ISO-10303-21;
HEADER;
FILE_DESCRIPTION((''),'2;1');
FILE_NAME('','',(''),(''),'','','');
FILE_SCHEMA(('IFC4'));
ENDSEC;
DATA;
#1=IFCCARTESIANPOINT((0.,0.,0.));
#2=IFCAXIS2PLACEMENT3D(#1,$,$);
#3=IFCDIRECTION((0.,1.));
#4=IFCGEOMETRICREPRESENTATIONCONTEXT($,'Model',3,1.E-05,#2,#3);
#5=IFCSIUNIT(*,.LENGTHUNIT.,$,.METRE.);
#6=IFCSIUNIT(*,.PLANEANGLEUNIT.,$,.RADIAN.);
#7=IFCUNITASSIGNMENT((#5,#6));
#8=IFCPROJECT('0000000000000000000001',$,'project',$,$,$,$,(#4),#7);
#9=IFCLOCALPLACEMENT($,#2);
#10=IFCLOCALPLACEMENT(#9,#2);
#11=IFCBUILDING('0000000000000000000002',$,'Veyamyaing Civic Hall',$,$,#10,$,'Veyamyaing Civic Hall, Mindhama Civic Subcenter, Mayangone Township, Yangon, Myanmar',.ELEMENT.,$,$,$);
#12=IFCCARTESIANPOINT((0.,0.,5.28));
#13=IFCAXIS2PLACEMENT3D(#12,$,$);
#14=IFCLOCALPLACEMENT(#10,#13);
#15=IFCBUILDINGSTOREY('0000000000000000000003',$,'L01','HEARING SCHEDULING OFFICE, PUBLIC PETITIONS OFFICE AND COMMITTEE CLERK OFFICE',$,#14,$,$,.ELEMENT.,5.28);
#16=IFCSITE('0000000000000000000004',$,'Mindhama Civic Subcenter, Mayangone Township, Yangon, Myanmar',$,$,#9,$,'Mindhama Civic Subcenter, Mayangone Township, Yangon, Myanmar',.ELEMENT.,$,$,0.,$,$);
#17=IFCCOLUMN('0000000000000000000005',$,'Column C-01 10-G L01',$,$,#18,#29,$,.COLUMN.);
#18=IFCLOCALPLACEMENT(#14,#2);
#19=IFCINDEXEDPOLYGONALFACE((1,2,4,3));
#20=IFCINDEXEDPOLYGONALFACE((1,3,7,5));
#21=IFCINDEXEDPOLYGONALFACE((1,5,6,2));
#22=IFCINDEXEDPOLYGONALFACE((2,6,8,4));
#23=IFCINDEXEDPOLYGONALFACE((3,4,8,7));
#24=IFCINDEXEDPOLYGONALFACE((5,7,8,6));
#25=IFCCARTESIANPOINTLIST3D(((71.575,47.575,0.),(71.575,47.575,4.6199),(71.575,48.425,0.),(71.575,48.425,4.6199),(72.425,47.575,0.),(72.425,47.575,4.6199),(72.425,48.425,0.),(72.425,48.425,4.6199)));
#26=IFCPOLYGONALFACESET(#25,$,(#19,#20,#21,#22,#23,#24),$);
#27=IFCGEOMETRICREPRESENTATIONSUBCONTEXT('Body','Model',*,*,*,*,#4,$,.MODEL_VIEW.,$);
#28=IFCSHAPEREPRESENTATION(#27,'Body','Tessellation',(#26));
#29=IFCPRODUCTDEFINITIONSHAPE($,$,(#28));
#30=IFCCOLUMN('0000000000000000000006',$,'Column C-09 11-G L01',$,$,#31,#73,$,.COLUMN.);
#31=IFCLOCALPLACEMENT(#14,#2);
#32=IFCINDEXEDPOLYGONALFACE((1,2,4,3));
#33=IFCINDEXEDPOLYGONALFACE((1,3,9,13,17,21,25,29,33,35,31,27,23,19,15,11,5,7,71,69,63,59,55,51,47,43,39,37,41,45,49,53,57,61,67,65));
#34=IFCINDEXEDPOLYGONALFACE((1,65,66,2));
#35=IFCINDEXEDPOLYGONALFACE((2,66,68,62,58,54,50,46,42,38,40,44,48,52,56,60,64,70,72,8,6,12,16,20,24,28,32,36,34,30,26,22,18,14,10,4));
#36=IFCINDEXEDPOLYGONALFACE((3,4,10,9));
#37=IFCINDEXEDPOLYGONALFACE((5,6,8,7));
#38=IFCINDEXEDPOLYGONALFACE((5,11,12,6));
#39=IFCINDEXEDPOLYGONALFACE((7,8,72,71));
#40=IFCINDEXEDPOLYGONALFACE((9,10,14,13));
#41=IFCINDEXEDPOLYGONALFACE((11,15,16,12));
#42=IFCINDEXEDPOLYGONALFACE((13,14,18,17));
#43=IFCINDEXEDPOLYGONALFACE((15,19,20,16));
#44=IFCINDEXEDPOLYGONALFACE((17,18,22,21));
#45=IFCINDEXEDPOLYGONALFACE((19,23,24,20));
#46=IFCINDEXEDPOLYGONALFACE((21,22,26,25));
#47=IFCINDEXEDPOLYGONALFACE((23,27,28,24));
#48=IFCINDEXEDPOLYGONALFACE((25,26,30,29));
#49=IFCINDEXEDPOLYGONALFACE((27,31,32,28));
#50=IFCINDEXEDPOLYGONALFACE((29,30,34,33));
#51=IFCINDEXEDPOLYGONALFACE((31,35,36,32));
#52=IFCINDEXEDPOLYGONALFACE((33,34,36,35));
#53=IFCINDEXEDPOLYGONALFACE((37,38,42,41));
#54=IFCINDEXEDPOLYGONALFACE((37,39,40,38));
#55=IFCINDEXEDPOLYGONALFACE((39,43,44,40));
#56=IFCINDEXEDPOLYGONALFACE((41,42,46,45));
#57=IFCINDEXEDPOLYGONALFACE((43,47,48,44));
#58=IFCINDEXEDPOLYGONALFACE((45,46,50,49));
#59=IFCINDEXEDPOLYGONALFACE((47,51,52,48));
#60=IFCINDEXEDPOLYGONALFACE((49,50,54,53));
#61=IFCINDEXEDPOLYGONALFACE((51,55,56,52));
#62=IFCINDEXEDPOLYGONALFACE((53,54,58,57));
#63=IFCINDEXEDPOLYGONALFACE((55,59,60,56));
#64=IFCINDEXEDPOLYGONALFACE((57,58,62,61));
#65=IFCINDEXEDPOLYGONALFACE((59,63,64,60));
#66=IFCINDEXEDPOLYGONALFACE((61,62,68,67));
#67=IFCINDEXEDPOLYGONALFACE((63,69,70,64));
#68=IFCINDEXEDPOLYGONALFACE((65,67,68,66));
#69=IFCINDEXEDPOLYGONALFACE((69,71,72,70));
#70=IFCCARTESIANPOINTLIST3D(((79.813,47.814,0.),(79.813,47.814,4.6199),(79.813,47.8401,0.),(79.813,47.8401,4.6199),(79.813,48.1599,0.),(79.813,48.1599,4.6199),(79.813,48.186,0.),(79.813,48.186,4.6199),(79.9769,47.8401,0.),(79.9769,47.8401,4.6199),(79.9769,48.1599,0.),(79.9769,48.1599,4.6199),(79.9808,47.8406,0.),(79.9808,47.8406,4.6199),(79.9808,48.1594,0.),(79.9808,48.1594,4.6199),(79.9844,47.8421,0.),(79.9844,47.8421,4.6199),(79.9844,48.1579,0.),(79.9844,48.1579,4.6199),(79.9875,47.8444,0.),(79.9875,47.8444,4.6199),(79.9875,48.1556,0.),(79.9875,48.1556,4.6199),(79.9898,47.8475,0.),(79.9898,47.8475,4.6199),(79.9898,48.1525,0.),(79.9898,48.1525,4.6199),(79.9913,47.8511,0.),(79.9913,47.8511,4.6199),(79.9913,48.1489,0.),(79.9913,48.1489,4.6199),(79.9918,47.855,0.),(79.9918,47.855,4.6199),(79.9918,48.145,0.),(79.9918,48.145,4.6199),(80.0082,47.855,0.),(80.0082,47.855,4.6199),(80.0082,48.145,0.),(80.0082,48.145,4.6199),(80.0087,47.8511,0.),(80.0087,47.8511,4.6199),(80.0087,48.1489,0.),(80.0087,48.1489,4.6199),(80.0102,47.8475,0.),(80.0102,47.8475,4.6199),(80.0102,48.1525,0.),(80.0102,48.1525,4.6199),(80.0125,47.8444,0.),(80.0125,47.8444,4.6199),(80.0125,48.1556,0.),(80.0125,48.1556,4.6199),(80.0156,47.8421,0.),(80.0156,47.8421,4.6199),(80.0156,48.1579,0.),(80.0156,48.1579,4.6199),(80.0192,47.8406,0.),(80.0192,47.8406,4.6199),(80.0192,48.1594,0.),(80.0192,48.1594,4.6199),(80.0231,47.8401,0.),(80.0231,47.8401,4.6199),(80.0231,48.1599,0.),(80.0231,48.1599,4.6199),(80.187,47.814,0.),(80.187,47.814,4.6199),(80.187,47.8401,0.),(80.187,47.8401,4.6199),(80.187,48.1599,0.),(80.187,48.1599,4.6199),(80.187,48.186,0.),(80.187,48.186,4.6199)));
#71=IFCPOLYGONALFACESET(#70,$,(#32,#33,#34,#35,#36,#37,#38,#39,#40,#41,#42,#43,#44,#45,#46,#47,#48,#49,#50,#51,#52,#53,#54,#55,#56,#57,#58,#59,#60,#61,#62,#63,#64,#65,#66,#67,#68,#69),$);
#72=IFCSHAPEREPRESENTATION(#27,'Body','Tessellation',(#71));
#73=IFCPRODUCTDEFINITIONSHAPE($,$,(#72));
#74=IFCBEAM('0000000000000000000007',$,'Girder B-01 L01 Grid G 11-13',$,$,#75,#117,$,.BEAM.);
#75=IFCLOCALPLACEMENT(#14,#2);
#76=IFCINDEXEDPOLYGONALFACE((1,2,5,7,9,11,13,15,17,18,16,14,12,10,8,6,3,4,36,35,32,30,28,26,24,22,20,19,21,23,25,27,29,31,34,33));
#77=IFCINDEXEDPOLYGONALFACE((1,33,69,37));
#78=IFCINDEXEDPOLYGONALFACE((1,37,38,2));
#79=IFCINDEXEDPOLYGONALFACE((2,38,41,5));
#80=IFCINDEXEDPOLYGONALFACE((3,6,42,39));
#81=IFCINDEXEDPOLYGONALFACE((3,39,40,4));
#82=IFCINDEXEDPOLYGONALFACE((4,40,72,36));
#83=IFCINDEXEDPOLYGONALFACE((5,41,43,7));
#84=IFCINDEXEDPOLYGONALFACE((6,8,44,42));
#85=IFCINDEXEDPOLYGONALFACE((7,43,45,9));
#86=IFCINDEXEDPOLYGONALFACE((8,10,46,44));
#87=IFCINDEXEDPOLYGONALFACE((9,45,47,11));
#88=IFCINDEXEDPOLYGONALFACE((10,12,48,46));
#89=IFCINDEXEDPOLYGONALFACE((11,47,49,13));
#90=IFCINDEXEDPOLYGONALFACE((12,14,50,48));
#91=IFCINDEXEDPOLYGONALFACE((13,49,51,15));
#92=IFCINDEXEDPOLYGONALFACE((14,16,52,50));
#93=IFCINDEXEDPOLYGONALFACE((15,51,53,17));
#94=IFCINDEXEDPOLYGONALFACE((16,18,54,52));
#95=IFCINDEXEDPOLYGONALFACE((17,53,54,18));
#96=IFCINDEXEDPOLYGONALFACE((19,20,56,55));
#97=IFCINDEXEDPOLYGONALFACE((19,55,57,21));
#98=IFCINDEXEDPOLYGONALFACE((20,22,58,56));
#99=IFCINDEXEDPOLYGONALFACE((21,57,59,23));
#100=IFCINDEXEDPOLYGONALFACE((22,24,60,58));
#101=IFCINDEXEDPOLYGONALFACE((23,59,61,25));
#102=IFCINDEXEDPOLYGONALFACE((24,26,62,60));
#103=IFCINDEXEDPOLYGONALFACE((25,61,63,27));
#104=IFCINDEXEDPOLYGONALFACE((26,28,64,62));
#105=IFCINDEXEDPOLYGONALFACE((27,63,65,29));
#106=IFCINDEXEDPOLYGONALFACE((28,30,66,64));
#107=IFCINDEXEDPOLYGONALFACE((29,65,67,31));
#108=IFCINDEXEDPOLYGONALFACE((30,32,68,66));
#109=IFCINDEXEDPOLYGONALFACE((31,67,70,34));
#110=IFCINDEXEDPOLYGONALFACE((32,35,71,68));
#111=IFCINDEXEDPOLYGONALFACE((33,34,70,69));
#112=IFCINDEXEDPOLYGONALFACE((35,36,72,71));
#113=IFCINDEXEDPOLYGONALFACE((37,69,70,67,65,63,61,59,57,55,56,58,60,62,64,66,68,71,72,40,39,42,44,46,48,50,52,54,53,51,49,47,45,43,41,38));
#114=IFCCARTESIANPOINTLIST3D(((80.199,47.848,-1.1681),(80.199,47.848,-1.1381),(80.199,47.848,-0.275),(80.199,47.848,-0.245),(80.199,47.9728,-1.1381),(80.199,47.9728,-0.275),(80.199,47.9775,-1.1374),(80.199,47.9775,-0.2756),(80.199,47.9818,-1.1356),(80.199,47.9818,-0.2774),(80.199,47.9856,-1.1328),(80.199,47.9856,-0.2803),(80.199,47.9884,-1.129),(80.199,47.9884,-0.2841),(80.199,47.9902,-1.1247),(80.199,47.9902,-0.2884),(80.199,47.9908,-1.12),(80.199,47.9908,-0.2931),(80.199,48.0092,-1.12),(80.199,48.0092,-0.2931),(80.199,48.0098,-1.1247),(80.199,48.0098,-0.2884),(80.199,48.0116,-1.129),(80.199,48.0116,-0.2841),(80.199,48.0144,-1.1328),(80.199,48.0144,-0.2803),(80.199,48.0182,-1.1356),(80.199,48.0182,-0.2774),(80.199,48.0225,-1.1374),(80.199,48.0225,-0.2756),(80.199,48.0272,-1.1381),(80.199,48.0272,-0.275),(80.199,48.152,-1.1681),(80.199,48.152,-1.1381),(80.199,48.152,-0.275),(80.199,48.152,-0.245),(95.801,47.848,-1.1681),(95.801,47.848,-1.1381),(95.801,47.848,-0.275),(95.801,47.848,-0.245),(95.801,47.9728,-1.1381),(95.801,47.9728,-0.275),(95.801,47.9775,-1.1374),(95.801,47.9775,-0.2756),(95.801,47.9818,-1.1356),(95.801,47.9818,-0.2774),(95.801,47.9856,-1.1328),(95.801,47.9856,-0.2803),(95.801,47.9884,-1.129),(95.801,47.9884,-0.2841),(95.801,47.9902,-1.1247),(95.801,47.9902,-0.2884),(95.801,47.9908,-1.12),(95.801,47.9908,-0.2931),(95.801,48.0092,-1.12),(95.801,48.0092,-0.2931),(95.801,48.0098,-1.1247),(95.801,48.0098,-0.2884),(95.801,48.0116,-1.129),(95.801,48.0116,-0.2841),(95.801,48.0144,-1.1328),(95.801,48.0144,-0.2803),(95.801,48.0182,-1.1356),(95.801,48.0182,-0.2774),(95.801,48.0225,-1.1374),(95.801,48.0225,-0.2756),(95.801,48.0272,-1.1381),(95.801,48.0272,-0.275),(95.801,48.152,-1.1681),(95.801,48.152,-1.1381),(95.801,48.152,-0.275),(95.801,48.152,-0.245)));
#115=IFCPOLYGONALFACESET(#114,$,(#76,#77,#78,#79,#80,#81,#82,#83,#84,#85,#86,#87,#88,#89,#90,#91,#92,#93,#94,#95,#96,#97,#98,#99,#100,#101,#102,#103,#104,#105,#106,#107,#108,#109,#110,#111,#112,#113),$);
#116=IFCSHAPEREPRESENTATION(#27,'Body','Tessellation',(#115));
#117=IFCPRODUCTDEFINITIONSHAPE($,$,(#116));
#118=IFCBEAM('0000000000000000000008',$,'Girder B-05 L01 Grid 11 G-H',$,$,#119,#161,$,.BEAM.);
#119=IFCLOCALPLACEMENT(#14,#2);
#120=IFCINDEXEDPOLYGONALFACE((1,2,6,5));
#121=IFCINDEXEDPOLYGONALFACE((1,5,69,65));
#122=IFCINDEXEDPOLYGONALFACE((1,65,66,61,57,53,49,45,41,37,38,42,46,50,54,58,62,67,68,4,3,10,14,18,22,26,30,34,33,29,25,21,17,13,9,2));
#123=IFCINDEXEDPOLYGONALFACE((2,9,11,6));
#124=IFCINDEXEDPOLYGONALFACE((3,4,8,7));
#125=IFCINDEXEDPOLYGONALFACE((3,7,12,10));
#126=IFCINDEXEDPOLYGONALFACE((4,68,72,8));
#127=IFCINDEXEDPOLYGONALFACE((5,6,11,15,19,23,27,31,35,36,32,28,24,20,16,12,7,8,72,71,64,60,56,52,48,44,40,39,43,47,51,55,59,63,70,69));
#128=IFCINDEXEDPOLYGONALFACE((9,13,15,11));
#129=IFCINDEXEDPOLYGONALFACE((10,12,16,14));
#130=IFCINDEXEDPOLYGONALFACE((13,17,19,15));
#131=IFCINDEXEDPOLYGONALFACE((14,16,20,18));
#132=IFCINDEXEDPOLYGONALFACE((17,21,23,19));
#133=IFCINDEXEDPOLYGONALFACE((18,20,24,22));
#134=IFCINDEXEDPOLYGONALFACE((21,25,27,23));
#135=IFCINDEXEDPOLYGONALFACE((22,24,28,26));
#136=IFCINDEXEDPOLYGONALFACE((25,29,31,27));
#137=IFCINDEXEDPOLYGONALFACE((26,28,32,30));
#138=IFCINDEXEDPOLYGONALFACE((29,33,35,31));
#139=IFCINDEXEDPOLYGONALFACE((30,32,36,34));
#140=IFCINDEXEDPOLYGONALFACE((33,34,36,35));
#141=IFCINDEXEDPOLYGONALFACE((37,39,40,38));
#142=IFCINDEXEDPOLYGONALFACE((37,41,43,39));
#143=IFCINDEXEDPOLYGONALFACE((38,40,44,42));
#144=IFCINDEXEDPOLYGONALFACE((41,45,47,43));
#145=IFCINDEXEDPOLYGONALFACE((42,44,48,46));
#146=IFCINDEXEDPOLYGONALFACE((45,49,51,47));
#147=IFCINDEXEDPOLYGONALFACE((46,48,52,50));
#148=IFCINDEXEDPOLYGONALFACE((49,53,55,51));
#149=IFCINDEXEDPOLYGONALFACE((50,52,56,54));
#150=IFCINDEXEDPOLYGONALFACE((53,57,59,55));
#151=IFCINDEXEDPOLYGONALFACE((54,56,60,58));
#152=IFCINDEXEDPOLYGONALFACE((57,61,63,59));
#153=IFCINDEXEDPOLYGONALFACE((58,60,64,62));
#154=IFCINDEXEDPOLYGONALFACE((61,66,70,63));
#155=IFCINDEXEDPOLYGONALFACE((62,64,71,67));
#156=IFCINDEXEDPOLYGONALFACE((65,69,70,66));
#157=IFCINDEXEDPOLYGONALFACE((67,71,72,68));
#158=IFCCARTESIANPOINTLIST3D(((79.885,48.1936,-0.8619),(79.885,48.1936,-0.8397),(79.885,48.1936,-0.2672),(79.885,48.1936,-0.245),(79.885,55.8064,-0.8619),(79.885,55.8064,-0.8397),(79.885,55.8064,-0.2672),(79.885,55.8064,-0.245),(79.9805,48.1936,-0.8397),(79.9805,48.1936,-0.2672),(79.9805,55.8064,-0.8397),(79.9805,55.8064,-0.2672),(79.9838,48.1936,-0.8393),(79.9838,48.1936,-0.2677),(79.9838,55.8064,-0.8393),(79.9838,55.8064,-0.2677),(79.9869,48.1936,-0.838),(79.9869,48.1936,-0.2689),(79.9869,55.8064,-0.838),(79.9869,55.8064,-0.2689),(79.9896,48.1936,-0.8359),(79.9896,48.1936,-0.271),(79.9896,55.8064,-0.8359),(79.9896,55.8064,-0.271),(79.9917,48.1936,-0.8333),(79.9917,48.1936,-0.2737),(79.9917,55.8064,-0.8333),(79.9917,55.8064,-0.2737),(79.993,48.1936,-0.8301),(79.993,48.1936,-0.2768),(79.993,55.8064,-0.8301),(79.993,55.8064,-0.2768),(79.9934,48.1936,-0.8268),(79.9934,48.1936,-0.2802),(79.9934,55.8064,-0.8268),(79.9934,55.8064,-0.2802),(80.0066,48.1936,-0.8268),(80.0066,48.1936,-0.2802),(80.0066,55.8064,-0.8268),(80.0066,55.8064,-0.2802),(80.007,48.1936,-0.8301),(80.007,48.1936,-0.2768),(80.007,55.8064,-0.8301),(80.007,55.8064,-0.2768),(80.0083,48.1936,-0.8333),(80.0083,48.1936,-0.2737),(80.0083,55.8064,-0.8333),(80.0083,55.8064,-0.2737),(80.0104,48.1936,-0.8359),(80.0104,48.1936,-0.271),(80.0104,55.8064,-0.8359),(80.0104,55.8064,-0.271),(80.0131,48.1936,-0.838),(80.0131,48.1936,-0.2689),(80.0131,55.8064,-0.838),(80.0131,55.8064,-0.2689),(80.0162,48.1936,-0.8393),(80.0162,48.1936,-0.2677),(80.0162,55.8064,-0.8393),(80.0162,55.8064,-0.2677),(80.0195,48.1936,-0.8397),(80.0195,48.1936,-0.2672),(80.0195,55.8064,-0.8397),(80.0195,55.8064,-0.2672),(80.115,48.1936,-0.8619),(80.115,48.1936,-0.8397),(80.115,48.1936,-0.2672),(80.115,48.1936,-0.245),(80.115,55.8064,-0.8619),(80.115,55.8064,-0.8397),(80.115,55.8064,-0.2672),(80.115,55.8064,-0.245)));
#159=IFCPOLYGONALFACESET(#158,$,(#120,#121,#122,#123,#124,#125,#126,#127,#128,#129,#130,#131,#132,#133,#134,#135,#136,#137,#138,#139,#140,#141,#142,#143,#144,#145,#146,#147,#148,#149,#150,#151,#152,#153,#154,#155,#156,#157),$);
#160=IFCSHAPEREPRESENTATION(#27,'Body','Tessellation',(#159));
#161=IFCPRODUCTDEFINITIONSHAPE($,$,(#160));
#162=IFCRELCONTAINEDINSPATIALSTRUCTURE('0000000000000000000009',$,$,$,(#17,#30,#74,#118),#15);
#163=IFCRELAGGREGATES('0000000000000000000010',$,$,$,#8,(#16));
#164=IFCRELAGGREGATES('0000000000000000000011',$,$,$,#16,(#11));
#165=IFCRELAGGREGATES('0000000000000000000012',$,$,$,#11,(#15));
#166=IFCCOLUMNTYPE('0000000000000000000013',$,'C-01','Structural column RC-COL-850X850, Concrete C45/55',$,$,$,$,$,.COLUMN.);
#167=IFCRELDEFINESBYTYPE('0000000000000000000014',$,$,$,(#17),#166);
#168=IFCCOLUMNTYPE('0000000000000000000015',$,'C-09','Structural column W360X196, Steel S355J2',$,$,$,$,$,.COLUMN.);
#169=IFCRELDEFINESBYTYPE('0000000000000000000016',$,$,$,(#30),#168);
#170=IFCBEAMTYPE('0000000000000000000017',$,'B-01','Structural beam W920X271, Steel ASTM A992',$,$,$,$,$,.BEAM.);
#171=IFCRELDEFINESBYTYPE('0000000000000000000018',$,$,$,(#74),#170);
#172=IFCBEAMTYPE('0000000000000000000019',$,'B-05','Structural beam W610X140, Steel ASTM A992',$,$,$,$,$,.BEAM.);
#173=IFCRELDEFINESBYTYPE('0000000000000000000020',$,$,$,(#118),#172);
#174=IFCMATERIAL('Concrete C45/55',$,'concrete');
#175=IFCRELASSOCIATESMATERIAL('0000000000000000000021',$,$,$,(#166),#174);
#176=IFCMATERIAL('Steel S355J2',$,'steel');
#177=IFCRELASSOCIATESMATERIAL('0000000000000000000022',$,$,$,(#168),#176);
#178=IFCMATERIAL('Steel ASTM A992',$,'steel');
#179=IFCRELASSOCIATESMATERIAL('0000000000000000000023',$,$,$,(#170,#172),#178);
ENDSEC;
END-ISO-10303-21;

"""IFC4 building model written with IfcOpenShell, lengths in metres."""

from ifc_helpers import new_model, si_unit, direction, frame, origin, origin_2d, place, context, subcontext, project, spatial, rectangle, i_section, extrude, material, material_profile, profile_set, type_object, element, save


model = new_model("IFC4")

# Units and contexts
model_context = context("Model", 3, precision=1e-05, world=origin(), true_north=direction((0.0, 1.0)))
body_context = subcontext(model_context, "Body", "Model", "MODEL_VIEW")
ifc_project = project(units=[si_unit("LENGTHUNIT", "METRE"), si_unit("PLANEANGLEUNIT", "RADIAN")], contexts=[model_context])

# Site, building, storey
site_placement = place(None, origin())
site = spatial("IfcSite", under=ifc_project, at=site_placement, Name="Mindhama Civic Subcenter, Mayangone Township, Yangon, Myanmar", LongName="Mindhama Civic Subcenter, Mayangone Township, Yangon, Myanmar", CompositionType="ELEMENT", RefElevation=0.0)
building_placement = place(site_placement, origin())
building = spatial("IfcBuilding", under=site, at=building_placement, Name="Veyamyaing Civic Hall", LongName="Veyamyaing Civic Hall, Mindhama Civic Subcenter, Mayangone Township, Yangon, Myanmar", CompositionType="ELEMENT")
storey_placement = place(building_placement, frame((0.0, 0.0, 5.28)))
storey = spatial("IfcBuildingStorey", under=building, at=storey_placement, Name="L01", Description="HEARING SCHEDULING OFFICE, PUBLIC PETITIONS OFFICE AND COMMITTEE CLERK OFFICE", CompositionType="ELEMENT", Elevation=5.28)

# Columns
ifc_material_1 = material(Name="Concrete C45/55", Category="concrete")
ifc_material_profile_1 = material_profile(ifc_material_1, rectangle(XDim=0.8501, YDim=0.8501, at=origin_2d()), Name="RC-COL-850X850")
ifc_profile_set_1 = profile_set([ifc_material_profile_1], Name="Concrete C45/55")
column_type_1 = type_object("IfcColumnType", Name="C-01", Description="Structural column RC-COL-850X850, Concrete C45/55", PredefinedType="COLUMN", material=ifc_profile_set_1)
column_1_placement = place(storey_placement, frame((72.0, 48.0, 0.0), z_axis=(0.0, 0.0, 1.0), x_axis=(1.0, 0.0, 0.0)))
element("IfcColumn", 1, at=column_1_placement, inside=storey, type_object=column_type_1, Name="Column C-01 10-G L01", PredefinedType="COLUMN", context=body_context, shape_type="SweptSolid", body=[
    extrude(rectangle(XDim=0.8501, YDim=0.8501, at=origin_2d()), origin(), (0.0, 0.0, 1.0), 4.6199),
])
ifc_material_2 = material(Name="Steel S355J2", Category="steel")
ifc_material_profile_2 = material_profile(ifc_material_2, i_section(OverallWidth=0.374, OverallDepth=0.3721, WebThickness=0.0164, FlangeThickness=0.0261, FilletRadius=0.0149, at=origin_2d()), Name="W360X196")
ifc_profile_set_2 = profile_set([ifc_material_profile_2], Name="Steel S355J2")
column_type_2 = type_object("IfcColumnType", Name="C-09", Description="Structural column W360X196, Steel S355J2", PredefinedType="COLUMN", material=ifc_profile_set_2)
column_2_placement = place(storey_placement, frame((80.0, 48.0, 0.0), z_axis=(0.0, 0.0, 1.0), x_axis=(1.0, 0.0, 0.0)))
element("IfcColumn", 2, at=column_2_placement, inside=storey, type_object=column_type_2, Name="Column C-09 11-G L01", PredefinedType="COLUMN", context=body_context, shape_type="SweptSolid", body=[
    extrude(i_section(OverallWidth=0.374, OverallDepth=0.3721, WebThickness=0.0164, FlangeThickness=0.0261, FilletRadius=0.0149, at=origin_2d()), origin(), (0.0, 0.0, 1.0), 4.6199),
])

# Beams
ifc_material_3 = material(Name="Steel ASTM A992", Category="steel")
ifc_material_profile_3 = material_profile(ifc_material_3, i_section(OverallWidth=0.304, OverallDepth=0.9231, WebThickness=0.0183, FlangeThickness=0.03, FilletRadius=0.0181, at=origin_2d()), Name="W920X271")
ifc_profile_set_3 = profile_set([ifc_material_profile_3], Name="Steel ASTM A992")
beam_type_1 = type_object("IfcBeamType", Name="B-01", Description="Structural beam W920X271, Steel ASTM A992", PredefinedType="BEAM", material=ifc_profile_set_3)
beam_1_placement = place(storey_placement, frame((80.199, 48.0, -0.7065), z_axis=(1.0, 0.0, 0.0), x_axis=(0.0, 1.0, 0.0)))
element("IfcBeam", 3, at=beam_1_placement, inside=storey, type_object=beam_type_1, Name="Girder B-01 L01 Grid G 11-13", PredefinedType="BEAM", context=body_context, shape_type="SweptSolid", body=[
    extrude(i_section(OverallWidth=0.304, OverallDepth=0.9231, WebThickness=0.0183, FlangeThickness=0.03, FilletRadius=0.0181, at=origin_2d()), origin(), (0.0, 0.0, 1.0), 15.6021),
])
ifc_material_profile_4 = material_profile(ifc_material_3, i_section(OverallWidth=0.23, OverallDepth=0.6169, WebThickness=0.0132, FlangeThickness=0.0222, FilletRadius=0.0129, at=origin_2d()), Name="W610X140")
ifc_profile_set_4 = profile_set([ifc_material_profile_4], Name="Steel ASTM A992")
beam_type_2 = type_object("IfcBeamType", Name="B-05", Description="Structural beam W610X140, Steel ASTM A992", PredefinedType="BEAM", material=ifc_profile_set_4)
beam_2_placement = place(storey_placement, frame((80.0, 48.1936, -0.5535), z_axis=(0.0, 1.0, 0.0), x_axis=(-1.0, 0.0, 0.0)))
element("IfcBeam", 4, at=beam_2_placement, inside=storey, type_object=beam_type_2, Name="Girder B-05 L01 Grid 11 G-H", PredefinedType="BEAM", context=body_context, shape_type="SweptSolid", body=[
    extrude(i_section(OverallWidth=0.23, OverallDepth=0.6169, WebThickness=0.0132, FlangeThickness=0.0222, FilletRadius=0.0129, at=origin_2d()), origin(), (0.0, 0.0, 1.0), 7.6128),
])

save(model, "model.ifc")
